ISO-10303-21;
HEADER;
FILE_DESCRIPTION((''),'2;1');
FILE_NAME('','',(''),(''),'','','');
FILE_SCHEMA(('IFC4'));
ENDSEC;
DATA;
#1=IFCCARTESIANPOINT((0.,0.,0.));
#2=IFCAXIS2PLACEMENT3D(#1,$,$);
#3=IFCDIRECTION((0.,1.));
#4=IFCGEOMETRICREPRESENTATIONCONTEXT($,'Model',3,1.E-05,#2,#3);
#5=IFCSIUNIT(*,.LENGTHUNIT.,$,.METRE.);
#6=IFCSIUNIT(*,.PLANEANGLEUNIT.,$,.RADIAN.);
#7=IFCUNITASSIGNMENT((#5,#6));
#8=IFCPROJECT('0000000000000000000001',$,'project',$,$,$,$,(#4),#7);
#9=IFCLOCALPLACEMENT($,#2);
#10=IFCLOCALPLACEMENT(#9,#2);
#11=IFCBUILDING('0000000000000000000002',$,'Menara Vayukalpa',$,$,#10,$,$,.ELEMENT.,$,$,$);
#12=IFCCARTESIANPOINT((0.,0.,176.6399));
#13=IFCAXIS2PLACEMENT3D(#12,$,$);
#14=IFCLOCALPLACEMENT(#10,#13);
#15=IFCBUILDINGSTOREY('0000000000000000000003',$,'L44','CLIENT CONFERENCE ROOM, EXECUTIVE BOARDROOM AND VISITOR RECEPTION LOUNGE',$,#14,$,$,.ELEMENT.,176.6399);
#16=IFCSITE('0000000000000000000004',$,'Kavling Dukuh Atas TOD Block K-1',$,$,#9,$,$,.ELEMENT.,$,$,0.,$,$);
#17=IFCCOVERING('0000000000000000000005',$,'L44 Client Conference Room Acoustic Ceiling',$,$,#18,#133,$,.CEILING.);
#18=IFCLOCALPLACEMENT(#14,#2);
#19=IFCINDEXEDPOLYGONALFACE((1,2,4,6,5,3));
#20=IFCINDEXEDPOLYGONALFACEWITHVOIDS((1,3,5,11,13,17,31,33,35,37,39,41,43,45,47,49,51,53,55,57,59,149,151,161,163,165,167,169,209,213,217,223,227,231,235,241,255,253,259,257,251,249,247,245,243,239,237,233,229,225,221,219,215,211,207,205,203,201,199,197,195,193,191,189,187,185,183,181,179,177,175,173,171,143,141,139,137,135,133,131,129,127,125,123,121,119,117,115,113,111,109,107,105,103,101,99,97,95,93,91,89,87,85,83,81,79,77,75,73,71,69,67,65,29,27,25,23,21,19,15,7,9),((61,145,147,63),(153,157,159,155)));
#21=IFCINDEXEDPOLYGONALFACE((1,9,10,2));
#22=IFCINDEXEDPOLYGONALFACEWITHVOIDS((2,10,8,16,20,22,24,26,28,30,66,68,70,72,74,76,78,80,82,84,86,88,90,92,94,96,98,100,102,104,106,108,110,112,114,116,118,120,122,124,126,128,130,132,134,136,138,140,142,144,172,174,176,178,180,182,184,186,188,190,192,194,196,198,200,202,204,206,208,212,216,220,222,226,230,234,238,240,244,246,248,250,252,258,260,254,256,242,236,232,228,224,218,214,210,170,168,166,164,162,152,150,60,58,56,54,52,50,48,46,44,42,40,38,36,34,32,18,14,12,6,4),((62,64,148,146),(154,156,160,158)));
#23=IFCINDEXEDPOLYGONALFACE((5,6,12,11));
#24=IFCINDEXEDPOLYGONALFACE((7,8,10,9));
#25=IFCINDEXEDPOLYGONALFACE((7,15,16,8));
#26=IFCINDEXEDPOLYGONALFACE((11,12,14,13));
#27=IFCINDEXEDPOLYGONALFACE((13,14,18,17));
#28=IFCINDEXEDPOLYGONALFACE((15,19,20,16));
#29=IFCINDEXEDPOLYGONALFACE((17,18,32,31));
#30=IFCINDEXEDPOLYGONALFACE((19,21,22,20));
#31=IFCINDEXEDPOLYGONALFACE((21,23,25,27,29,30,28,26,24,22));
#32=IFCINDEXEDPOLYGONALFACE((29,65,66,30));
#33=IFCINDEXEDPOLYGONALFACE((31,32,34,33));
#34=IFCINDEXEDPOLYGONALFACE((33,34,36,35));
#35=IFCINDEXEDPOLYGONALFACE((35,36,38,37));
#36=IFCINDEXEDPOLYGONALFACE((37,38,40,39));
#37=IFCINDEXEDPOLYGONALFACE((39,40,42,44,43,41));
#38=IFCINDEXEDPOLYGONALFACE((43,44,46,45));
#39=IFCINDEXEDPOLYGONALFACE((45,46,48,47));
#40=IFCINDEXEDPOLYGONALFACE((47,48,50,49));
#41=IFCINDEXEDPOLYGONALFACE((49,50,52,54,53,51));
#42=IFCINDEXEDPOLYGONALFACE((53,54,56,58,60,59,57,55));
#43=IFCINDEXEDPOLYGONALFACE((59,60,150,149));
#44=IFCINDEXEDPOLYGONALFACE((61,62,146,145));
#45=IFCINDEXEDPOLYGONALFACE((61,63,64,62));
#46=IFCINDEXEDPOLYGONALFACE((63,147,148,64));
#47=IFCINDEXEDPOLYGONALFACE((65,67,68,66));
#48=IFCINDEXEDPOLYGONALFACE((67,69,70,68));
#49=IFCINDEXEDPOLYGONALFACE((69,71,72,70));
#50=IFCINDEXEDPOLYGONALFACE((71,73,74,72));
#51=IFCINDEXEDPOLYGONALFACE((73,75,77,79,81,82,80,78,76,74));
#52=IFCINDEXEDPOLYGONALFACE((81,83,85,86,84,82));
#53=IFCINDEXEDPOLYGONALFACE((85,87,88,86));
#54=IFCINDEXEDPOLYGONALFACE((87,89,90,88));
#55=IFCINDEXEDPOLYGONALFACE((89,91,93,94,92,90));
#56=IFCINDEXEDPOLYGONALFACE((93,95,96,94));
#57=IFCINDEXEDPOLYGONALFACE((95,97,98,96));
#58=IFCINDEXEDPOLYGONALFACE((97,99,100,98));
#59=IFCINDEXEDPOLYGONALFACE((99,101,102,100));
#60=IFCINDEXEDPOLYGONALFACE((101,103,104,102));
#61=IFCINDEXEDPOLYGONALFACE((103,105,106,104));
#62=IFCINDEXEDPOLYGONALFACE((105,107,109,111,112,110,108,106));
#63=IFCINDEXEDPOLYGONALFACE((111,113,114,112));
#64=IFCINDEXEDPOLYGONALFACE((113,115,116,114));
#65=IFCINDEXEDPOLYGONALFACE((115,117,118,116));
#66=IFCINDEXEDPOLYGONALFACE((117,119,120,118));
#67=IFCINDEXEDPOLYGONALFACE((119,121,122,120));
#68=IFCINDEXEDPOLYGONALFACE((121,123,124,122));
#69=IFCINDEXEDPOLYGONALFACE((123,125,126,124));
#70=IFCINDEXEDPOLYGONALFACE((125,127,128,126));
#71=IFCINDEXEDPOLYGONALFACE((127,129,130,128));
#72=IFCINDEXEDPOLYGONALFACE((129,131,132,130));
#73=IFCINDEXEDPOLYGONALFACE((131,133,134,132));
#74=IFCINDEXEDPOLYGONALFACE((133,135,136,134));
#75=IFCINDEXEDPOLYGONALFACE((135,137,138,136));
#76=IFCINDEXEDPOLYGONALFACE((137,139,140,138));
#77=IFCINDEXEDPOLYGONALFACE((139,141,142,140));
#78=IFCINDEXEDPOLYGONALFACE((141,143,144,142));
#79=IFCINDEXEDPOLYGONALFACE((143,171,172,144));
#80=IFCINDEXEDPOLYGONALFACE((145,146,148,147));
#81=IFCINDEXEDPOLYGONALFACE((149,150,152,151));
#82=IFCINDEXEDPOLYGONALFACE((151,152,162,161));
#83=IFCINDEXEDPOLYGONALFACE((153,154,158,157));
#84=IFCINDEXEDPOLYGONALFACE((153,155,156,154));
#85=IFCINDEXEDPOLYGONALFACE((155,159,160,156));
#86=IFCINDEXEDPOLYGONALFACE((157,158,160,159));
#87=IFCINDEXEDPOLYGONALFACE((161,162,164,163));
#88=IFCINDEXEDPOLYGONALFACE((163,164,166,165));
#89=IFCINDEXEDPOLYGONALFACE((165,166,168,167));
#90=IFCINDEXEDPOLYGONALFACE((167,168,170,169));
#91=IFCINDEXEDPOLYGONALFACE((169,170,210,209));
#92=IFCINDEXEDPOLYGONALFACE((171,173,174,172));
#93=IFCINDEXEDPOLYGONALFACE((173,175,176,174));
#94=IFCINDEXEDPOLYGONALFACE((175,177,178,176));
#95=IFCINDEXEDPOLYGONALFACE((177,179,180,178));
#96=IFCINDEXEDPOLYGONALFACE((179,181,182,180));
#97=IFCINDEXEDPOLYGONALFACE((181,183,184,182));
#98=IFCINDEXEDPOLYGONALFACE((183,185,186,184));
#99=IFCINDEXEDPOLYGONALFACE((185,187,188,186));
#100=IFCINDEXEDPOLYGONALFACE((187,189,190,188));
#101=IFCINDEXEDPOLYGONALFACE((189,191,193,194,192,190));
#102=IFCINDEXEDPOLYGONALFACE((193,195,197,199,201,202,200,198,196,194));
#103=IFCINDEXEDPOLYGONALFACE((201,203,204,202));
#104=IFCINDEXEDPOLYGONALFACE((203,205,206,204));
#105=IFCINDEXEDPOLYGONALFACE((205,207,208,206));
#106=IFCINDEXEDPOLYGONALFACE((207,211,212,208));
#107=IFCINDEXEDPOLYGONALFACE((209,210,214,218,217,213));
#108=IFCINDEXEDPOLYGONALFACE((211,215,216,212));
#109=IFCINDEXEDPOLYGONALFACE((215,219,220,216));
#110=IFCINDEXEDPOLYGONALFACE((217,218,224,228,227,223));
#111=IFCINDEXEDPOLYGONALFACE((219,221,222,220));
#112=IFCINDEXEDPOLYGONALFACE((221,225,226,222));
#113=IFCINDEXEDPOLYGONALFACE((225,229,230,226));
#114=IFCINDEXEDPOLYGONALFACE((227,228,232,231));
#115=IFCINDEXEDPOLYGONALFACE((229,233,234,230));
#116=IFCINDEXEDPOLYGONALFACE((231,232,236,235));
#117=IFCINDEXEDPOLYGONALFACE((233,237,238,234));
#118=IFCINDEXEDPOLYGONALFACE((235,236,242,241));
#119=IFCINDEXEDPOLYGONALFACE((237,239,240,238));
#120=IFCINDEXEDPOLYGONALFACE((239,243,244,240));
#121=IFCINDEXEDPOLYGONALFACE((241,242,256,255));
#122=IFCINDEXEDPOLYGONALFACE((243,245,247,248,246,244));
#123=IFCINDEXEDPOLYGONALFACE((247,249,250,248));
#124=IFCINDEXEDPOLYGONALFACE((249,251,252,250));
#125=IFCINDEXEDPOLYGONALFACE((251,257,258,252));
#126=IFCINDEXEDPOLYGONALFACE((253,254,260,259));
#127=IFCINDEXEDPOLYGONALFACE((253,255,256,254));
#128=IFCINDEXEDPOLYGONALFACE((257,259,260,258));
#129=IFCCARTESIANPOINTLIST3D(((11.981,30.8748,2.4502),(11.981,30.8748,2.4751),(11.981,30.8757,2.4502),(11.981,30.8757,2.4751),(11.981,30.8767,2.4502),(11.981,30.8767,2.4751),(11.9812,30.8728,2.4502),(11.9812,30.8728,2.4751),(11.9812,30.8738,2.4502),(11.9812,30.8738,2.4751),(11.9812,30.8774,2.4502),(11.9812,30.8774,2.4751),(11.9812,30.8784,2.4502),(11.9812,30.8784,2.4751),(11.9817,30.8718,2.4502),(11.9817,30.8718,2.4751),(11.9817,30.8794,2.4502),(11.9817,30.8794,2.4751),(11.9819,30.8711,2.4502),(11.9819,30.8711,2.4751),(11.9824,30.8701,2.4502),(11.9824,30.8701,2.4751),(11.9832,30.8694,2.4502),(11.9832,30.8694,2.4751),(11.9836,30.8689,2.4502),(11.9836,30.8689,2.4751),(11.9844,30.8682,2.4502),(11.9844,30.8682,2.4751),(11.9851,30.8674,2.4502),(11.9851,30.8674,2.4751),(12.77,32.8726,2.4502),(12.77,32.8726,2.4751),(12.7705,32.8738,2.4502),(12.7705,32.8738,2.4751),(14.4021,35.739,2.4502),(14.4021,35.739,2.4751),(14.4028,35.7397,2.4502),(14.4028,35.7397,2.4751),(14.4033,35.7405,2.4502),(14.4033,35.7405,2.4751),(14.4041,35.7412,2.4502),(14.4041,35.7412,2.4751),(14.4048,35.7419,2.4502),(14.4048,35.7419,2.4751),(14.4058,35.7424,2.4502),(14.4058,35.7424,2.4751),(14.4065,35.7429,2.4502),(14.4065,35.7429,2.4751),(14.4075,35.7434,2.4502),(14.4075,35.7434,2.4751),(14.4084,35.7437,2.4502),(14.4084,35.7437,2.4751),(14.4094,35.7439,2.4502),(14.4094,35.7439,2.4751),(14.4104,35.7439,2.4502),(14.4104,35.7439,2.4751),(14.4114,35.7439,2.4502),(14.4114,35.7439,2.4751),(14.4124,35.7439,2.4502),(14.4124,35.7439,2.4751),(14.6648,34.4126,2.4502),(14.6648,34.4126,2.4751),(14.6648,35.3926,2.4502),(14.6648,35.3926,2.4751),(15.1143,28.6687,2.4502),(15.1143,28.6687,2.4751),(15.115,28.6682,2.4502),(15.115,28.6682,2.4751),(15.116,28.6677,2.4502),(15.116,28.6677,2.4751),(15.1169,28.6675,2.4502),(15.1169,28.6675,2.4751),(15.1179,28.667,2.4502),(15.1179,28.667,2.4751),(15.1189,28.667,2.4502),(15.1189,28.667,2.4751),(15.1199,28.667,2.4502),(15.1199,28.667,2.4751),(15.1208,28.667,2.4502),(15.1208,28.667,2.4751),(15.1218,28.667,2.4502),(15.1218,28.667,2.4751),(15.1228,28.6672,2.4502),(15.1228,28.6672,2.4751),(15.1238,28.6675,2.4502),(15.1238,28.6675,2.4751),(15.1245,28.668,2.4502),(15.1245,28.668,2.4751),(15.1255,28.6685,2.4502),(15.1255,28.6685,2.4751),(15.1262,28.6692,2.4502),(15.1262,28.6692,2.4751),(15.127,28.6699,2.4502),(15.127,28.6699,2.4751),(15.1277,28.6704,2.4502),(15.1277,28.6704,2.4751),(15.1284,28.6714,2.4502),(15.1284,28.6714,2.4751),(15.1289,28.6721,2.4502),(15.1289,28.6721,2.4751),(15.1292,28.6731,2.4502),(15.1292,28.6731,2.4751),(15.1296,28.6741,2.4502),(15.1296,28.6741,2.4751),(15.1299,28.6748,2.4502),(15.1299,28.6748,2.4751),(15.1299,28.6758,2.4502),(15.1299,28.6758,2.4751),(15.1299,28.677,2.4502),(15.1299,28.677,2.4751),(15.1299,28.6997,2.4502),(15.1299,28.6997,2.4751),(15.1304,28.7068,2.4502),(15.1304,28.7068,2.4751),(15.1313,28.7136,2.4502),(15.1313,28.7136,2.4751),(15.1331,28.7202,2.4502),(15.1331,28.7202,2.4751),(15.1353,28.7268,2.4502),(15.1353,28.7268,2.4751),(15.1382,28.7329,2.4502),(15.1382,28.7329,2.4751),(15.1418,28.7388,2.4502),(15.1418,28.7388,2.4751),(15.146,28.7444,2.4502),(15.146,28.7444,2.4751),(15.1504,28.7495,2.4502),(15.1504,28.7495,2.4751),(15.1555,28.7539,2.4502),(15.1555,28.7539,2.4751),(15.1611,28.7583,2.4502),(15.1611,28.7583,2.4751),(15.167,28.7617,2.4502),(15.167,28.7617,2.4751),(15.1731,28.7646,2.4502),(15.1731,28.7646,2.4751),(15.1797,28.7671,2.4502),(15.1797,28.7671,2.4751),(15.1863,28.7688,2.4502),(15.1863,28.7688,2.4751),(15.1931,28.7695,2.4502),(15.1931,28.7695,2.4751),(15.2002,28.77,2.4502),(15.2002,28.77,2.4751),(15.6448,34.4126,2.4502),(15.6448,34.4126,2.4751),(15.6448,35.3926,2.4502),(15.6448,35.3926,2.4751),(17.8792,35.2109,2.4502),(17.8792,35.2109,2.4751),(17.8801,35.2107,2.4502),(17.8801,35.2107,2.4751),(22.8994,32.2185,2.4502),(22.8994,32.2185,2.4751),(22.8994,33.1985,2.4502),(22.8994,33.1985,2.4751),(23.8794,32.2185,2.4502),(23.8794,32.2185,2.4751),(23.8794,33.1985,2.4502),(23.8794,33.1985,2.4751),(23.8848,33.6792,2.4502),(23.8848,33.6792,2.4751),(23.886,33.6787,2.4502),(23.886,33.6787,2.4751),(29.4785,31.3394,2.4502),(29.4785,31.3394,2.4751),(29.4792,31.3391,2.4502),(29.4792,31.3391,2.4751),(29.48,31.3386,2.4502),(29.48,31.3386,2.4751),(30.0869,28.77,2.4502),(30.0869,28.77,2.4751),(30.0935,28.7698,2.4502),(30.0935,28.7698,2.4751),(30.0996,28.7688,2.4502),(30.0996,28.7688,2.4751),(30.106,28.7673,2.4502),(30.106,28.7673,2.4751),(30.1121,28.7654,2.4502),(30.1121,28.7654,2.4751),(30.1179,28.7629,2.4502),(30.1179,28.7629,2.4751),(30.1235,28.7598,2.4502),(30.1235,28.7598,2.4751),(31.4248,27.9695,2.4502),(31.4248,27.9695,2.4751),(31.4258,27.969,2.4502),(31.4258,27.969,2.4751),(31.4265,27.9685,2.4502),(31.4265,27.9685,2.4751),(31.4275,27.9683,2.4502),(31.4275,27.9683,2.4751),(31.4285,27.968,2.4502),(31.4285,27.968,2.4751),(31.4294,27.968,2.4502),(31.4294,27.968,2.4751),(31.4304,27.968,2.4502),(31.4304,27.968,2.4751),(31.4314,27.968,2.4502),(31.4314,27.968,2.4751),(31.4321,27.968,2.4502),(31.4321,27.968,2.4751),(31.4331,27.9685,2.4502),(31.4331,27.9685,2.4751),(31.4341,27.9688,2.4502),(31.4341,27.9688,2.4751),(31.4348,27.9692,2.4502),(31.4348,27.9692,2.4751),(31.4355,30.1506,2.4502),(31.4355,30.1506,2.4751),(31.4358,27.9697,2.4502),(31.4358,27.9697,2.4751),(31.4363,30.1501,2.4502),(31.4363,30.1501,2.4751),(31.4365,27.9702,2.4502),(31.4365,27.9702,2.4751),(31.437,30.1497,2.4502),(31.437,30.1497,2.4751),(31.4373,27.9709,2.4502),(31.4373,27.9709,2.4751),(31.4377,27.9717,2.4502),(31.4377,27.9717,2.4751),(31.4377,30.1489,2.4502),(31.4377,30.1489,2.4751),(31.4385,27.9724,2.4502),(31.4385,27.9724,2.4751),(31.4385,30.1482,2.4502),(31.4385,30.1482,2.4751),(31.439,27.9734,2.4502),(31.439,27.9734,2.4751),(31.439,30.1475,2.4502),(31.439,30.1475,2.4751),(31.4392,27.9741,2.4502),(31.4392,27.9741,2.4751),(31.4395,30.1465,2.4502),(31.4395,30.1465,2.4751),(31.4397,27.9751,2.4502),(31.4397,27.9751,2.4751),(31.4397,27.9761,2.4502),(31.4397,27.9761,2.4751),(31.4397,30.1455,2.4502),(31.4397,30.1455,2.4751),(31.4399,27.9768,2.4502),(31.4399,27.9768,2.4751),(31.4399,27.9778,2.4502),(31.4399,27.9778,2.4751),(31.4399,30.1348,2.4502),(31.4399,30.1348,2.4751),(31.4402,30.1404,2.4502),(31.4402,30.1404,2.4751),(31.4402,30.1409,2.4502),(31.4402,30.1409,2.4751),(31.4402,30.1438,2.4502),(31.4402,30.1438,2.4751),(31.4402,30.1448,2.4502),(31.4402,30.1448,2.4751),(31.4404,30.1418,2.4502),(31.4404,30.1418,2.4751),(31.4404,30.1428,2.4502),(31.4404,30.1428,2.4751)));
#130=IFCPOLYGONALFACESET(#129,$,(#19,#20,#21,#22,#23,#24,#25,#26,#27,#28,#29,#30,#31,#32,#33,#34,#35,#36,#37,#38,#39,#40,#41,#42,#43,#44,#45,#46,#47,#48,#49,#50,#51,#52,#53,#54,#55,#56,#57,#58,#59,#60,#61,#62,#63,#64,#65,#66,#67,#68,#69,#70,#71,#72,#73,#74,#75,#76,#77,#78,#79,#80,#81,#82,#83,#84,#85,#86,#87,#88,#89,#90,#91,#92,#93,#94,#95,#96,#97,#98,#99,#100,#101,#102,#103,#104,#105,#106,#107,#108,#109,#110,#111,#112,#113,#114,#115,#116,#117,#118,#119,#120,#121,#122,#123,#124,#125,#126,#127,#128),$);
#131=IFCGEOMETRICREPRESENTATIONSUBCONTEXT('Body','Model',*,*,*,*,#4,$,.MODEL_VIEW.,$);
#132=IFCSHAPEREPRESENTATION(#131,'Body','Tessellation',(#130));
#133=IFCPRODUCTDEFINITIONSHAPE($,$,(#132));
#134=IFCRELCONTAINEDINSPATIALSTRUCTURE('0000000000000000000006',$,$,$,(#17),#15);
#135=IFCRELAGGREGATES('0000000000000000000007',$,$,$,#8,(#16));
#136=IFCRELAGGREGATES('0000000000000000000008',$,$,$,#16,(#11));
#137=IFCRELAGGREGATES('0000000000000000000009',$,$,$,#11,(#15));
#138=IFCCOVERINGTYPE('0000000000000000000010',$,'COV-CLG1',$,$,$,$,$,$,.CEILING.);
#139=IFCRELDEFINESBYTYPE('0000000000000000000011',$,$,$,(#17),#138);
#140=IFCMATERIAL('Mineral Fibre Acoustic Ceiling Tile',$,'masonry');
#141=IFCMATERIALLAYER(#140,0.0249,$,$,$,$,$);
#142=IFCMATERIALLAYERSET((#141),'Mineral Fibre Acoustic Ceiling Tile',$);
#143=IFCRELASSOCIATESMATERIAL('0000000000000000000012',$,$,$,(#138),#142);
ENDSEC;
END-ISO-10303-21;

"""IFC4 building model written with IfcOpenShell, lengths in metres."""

from ifc_helpers import new_model, si_unit, direction, frame, origin, place, context, subcontext, project, spatial, polyline, outline, extrude, material, layer, layer_set, type_object, element, save


model = new_model("IFC4")

# Units and contexts
model_context = context("Model", 3, precision=1e-05, world=origin(), true_north=direction((0.0, 1.0)))
body_context = subcontext(model_context, "Body", "Model", "MODEL_VIEW")
ifc_project = project(units=[si_unit("LENGTHUNIT", "METRE"), si_unit("PLANEANGLEUNIT", "RADIAN")], contexts=[model_context])

# Site, building, storey
site_placement = place(None, origin())
site = spatial("IfcSite", under=ifc_project, at=site_placement, Name="Kavling Dukuh Atas TOD Block K-1", CompositionType="ELEMENT", RefElevation=0.0)
building_placement = place(site_placement, origin())
building = spatial("IfcBuilding", under=site, at=building_placement, Name="Menara Vayukalpa", CompositionType="ELEMENT")
storey_placement = place(building_placement, frame((0.0, 0.0, 176.6399)))
storey = spatial("IfcBuildingStorey", under=building, at=storey_placement, Name="L44", Description="CLIENT CONFERENCE ROOM, EXECUTIVE BOARDROOM AND VISITOR RECEPTION LOUNGE", CompositionType="ELEMENT", Elevation=176.6399)

# Covering
ifc_material_1 = material(Name="Mineral Fibre Acoustic Ceiling Tile", Category="masonry")
ifc_layer_1 = layer(ifc_material_1, 0.0249)
ifc_layer_set_1 = layer_set([ifc_layer_1], Name="Mineral Fibre Acoustic Ceiling Tile")
covering_type_1 = type_object("IfcCoveringType", Name="COV-CLG1", PredefinedType="CEILING", material=ifc_layer_set_1)
covering_1_placement = place(storey_placement, frame((0.0, 0.0, 2.4502)))
element("IfcCovering", 1, at=covering_1_placement, inside=storey, type_object=covering_type_1, Name="L44 Client Conference Room Acoustic Ceiling", PredefinedType="CEILING", context=body_context, shape_type="SweptSolid", body=[
    extrude(outline(polyline([(14.4021, 35.739), (14.4028, 35.7397), (14.4033, 35.7405), (14.4041, 35.7412), (14.4048, 35.7419), (14.4058, 35.7424), (14.4065, 35.7429), (14.4075, 35.7434), (14.4084, 35.7437), (14.4094, 35.7439), (14.4104, 35.7439), (14.4114, 35.7439), (14.4124, 35.7439), (17.8792, 35.2109), (17.8801, 35.2107), (23.8848, 33.6792), (23.886, 33.6787), (29.4785, 31.3394), (29.4792, 31.3391), (29.48, 31.3386), (31.4355, 30.1506), (31.4363, 30.1501), (31.437, 30.1497), (31.4377, 30.1489), (31.4385, 30.1482), (31.439, 30.1475), (31.4395, 30.1465), (31.4397, 30.1455), (31.4402, 30.1448), (31.4402, 30.1438), (31.4404, 30.1428), (31.4404, 30.1418), (31.4402, 30.1409), (31.4402, 30.1404), (31.4399, 30.1348), (31.4399, 27.9778), (31.4399, 27.9768), (31.4397, 27.9761), (31.4397, 27.9751), (31.4392, 27.9741), (31.439, 27.9734), (31.4385, 27.9724), (31.4377, 27.9717), (31.4373, 27.9709), (31.4365, 27.9702), (31.4358, 27.9697), (31.4348, 27.9692), (31.4341, 27.9688), (31.4331, 27.9685), (31.4321, 27.968), (31.4314, 27.968), (31.4304, 27.968), (31.4294, 27.968), (31.4285, 27.968), (31.4275, 27.9683), (31.4265, 27.9685), (31.4258, 27.969), (31.4248, 27.9695), (30.1235, 28.7598), (30.1179, 28.7629), (30.1121, 28.7654), (30.106, 28.7673), (30.0996, 28.7688), (30.0935, 28.7698), (30.0869, 28.77), (15.2002, 28.77), (15.1931, 28.7695), (15.1863, 28.7688), (15.1797, 28.7671), (15.1731, 28.7646), (15.167, 28.7617), (15.1611, 28.7583), (15.1555, 28.7539), (15.1504, 28.7495), (15.146, 28.7444), (15.1418, 28.7388), (15.1382, 28.7329), (15.1353, 28.7268), (15.1331, 28.7202), (15.1313, 28.7136), (15.1304, 28.7068), (15.1299, 28.6997), (15.1299, 28.677), (15.1299, 28.6758), (15.1299, 28.6748), (15.1296, 28.6741), (15.1292, 28.6731), (15.1289, 28.6721), (15.1284, 28.6714), (15.1277, 28.6704), (15.127, 28.6699), (15.1262, 28.6692), (15.1255, 28.6685), (15.1245, 28.668), (15.1238, 28.6675), (15.1228, 28.6672), (15.1218, 28.667), (15.1208, 28.667), (15.1199, 28.667), (15.1189, 28.667), (15.1179, 28.667), (15.1169, 28.6675), (15.116, 28.6677), (15.115, 28.6682), (15.1143, 28.6687), (11.9851, 30.8674), (11.9844, 30.8682), (11.9836, 30.8689), (11.9832, 30.8694), (11.9824, 30.8701), (11.9819, 30.8711), (11.9817, 30.8718), (11.9812, 30.8728), (11.9812, 30.8738), (11.981, 30.8748), (11.981, 30.8757), (11.981, 30.8767), (11.9812, 30.8774), (11.9812, 30.8784), (11.9817, 30.8794), (12.77, 32.8726), (12.7705, 32.8738), (14.4021, 35.739)]), holes=[polyline([(15.6448, 35.3926), (14.6648, 35.3926), (14.6648, 34.4126), (15.6448, 34.4126), (15.6448, 35.3926)]), polyline([(23.8794, 33.1985), (22.8994, 33.1985), (22.8994, 32.2185), (23.8794, 32.2185), (23.8794, 33.1985)])]), origin(), (0.0, 0.0, 1.0), 0.0249),
])

save(model, "model.ifc")
